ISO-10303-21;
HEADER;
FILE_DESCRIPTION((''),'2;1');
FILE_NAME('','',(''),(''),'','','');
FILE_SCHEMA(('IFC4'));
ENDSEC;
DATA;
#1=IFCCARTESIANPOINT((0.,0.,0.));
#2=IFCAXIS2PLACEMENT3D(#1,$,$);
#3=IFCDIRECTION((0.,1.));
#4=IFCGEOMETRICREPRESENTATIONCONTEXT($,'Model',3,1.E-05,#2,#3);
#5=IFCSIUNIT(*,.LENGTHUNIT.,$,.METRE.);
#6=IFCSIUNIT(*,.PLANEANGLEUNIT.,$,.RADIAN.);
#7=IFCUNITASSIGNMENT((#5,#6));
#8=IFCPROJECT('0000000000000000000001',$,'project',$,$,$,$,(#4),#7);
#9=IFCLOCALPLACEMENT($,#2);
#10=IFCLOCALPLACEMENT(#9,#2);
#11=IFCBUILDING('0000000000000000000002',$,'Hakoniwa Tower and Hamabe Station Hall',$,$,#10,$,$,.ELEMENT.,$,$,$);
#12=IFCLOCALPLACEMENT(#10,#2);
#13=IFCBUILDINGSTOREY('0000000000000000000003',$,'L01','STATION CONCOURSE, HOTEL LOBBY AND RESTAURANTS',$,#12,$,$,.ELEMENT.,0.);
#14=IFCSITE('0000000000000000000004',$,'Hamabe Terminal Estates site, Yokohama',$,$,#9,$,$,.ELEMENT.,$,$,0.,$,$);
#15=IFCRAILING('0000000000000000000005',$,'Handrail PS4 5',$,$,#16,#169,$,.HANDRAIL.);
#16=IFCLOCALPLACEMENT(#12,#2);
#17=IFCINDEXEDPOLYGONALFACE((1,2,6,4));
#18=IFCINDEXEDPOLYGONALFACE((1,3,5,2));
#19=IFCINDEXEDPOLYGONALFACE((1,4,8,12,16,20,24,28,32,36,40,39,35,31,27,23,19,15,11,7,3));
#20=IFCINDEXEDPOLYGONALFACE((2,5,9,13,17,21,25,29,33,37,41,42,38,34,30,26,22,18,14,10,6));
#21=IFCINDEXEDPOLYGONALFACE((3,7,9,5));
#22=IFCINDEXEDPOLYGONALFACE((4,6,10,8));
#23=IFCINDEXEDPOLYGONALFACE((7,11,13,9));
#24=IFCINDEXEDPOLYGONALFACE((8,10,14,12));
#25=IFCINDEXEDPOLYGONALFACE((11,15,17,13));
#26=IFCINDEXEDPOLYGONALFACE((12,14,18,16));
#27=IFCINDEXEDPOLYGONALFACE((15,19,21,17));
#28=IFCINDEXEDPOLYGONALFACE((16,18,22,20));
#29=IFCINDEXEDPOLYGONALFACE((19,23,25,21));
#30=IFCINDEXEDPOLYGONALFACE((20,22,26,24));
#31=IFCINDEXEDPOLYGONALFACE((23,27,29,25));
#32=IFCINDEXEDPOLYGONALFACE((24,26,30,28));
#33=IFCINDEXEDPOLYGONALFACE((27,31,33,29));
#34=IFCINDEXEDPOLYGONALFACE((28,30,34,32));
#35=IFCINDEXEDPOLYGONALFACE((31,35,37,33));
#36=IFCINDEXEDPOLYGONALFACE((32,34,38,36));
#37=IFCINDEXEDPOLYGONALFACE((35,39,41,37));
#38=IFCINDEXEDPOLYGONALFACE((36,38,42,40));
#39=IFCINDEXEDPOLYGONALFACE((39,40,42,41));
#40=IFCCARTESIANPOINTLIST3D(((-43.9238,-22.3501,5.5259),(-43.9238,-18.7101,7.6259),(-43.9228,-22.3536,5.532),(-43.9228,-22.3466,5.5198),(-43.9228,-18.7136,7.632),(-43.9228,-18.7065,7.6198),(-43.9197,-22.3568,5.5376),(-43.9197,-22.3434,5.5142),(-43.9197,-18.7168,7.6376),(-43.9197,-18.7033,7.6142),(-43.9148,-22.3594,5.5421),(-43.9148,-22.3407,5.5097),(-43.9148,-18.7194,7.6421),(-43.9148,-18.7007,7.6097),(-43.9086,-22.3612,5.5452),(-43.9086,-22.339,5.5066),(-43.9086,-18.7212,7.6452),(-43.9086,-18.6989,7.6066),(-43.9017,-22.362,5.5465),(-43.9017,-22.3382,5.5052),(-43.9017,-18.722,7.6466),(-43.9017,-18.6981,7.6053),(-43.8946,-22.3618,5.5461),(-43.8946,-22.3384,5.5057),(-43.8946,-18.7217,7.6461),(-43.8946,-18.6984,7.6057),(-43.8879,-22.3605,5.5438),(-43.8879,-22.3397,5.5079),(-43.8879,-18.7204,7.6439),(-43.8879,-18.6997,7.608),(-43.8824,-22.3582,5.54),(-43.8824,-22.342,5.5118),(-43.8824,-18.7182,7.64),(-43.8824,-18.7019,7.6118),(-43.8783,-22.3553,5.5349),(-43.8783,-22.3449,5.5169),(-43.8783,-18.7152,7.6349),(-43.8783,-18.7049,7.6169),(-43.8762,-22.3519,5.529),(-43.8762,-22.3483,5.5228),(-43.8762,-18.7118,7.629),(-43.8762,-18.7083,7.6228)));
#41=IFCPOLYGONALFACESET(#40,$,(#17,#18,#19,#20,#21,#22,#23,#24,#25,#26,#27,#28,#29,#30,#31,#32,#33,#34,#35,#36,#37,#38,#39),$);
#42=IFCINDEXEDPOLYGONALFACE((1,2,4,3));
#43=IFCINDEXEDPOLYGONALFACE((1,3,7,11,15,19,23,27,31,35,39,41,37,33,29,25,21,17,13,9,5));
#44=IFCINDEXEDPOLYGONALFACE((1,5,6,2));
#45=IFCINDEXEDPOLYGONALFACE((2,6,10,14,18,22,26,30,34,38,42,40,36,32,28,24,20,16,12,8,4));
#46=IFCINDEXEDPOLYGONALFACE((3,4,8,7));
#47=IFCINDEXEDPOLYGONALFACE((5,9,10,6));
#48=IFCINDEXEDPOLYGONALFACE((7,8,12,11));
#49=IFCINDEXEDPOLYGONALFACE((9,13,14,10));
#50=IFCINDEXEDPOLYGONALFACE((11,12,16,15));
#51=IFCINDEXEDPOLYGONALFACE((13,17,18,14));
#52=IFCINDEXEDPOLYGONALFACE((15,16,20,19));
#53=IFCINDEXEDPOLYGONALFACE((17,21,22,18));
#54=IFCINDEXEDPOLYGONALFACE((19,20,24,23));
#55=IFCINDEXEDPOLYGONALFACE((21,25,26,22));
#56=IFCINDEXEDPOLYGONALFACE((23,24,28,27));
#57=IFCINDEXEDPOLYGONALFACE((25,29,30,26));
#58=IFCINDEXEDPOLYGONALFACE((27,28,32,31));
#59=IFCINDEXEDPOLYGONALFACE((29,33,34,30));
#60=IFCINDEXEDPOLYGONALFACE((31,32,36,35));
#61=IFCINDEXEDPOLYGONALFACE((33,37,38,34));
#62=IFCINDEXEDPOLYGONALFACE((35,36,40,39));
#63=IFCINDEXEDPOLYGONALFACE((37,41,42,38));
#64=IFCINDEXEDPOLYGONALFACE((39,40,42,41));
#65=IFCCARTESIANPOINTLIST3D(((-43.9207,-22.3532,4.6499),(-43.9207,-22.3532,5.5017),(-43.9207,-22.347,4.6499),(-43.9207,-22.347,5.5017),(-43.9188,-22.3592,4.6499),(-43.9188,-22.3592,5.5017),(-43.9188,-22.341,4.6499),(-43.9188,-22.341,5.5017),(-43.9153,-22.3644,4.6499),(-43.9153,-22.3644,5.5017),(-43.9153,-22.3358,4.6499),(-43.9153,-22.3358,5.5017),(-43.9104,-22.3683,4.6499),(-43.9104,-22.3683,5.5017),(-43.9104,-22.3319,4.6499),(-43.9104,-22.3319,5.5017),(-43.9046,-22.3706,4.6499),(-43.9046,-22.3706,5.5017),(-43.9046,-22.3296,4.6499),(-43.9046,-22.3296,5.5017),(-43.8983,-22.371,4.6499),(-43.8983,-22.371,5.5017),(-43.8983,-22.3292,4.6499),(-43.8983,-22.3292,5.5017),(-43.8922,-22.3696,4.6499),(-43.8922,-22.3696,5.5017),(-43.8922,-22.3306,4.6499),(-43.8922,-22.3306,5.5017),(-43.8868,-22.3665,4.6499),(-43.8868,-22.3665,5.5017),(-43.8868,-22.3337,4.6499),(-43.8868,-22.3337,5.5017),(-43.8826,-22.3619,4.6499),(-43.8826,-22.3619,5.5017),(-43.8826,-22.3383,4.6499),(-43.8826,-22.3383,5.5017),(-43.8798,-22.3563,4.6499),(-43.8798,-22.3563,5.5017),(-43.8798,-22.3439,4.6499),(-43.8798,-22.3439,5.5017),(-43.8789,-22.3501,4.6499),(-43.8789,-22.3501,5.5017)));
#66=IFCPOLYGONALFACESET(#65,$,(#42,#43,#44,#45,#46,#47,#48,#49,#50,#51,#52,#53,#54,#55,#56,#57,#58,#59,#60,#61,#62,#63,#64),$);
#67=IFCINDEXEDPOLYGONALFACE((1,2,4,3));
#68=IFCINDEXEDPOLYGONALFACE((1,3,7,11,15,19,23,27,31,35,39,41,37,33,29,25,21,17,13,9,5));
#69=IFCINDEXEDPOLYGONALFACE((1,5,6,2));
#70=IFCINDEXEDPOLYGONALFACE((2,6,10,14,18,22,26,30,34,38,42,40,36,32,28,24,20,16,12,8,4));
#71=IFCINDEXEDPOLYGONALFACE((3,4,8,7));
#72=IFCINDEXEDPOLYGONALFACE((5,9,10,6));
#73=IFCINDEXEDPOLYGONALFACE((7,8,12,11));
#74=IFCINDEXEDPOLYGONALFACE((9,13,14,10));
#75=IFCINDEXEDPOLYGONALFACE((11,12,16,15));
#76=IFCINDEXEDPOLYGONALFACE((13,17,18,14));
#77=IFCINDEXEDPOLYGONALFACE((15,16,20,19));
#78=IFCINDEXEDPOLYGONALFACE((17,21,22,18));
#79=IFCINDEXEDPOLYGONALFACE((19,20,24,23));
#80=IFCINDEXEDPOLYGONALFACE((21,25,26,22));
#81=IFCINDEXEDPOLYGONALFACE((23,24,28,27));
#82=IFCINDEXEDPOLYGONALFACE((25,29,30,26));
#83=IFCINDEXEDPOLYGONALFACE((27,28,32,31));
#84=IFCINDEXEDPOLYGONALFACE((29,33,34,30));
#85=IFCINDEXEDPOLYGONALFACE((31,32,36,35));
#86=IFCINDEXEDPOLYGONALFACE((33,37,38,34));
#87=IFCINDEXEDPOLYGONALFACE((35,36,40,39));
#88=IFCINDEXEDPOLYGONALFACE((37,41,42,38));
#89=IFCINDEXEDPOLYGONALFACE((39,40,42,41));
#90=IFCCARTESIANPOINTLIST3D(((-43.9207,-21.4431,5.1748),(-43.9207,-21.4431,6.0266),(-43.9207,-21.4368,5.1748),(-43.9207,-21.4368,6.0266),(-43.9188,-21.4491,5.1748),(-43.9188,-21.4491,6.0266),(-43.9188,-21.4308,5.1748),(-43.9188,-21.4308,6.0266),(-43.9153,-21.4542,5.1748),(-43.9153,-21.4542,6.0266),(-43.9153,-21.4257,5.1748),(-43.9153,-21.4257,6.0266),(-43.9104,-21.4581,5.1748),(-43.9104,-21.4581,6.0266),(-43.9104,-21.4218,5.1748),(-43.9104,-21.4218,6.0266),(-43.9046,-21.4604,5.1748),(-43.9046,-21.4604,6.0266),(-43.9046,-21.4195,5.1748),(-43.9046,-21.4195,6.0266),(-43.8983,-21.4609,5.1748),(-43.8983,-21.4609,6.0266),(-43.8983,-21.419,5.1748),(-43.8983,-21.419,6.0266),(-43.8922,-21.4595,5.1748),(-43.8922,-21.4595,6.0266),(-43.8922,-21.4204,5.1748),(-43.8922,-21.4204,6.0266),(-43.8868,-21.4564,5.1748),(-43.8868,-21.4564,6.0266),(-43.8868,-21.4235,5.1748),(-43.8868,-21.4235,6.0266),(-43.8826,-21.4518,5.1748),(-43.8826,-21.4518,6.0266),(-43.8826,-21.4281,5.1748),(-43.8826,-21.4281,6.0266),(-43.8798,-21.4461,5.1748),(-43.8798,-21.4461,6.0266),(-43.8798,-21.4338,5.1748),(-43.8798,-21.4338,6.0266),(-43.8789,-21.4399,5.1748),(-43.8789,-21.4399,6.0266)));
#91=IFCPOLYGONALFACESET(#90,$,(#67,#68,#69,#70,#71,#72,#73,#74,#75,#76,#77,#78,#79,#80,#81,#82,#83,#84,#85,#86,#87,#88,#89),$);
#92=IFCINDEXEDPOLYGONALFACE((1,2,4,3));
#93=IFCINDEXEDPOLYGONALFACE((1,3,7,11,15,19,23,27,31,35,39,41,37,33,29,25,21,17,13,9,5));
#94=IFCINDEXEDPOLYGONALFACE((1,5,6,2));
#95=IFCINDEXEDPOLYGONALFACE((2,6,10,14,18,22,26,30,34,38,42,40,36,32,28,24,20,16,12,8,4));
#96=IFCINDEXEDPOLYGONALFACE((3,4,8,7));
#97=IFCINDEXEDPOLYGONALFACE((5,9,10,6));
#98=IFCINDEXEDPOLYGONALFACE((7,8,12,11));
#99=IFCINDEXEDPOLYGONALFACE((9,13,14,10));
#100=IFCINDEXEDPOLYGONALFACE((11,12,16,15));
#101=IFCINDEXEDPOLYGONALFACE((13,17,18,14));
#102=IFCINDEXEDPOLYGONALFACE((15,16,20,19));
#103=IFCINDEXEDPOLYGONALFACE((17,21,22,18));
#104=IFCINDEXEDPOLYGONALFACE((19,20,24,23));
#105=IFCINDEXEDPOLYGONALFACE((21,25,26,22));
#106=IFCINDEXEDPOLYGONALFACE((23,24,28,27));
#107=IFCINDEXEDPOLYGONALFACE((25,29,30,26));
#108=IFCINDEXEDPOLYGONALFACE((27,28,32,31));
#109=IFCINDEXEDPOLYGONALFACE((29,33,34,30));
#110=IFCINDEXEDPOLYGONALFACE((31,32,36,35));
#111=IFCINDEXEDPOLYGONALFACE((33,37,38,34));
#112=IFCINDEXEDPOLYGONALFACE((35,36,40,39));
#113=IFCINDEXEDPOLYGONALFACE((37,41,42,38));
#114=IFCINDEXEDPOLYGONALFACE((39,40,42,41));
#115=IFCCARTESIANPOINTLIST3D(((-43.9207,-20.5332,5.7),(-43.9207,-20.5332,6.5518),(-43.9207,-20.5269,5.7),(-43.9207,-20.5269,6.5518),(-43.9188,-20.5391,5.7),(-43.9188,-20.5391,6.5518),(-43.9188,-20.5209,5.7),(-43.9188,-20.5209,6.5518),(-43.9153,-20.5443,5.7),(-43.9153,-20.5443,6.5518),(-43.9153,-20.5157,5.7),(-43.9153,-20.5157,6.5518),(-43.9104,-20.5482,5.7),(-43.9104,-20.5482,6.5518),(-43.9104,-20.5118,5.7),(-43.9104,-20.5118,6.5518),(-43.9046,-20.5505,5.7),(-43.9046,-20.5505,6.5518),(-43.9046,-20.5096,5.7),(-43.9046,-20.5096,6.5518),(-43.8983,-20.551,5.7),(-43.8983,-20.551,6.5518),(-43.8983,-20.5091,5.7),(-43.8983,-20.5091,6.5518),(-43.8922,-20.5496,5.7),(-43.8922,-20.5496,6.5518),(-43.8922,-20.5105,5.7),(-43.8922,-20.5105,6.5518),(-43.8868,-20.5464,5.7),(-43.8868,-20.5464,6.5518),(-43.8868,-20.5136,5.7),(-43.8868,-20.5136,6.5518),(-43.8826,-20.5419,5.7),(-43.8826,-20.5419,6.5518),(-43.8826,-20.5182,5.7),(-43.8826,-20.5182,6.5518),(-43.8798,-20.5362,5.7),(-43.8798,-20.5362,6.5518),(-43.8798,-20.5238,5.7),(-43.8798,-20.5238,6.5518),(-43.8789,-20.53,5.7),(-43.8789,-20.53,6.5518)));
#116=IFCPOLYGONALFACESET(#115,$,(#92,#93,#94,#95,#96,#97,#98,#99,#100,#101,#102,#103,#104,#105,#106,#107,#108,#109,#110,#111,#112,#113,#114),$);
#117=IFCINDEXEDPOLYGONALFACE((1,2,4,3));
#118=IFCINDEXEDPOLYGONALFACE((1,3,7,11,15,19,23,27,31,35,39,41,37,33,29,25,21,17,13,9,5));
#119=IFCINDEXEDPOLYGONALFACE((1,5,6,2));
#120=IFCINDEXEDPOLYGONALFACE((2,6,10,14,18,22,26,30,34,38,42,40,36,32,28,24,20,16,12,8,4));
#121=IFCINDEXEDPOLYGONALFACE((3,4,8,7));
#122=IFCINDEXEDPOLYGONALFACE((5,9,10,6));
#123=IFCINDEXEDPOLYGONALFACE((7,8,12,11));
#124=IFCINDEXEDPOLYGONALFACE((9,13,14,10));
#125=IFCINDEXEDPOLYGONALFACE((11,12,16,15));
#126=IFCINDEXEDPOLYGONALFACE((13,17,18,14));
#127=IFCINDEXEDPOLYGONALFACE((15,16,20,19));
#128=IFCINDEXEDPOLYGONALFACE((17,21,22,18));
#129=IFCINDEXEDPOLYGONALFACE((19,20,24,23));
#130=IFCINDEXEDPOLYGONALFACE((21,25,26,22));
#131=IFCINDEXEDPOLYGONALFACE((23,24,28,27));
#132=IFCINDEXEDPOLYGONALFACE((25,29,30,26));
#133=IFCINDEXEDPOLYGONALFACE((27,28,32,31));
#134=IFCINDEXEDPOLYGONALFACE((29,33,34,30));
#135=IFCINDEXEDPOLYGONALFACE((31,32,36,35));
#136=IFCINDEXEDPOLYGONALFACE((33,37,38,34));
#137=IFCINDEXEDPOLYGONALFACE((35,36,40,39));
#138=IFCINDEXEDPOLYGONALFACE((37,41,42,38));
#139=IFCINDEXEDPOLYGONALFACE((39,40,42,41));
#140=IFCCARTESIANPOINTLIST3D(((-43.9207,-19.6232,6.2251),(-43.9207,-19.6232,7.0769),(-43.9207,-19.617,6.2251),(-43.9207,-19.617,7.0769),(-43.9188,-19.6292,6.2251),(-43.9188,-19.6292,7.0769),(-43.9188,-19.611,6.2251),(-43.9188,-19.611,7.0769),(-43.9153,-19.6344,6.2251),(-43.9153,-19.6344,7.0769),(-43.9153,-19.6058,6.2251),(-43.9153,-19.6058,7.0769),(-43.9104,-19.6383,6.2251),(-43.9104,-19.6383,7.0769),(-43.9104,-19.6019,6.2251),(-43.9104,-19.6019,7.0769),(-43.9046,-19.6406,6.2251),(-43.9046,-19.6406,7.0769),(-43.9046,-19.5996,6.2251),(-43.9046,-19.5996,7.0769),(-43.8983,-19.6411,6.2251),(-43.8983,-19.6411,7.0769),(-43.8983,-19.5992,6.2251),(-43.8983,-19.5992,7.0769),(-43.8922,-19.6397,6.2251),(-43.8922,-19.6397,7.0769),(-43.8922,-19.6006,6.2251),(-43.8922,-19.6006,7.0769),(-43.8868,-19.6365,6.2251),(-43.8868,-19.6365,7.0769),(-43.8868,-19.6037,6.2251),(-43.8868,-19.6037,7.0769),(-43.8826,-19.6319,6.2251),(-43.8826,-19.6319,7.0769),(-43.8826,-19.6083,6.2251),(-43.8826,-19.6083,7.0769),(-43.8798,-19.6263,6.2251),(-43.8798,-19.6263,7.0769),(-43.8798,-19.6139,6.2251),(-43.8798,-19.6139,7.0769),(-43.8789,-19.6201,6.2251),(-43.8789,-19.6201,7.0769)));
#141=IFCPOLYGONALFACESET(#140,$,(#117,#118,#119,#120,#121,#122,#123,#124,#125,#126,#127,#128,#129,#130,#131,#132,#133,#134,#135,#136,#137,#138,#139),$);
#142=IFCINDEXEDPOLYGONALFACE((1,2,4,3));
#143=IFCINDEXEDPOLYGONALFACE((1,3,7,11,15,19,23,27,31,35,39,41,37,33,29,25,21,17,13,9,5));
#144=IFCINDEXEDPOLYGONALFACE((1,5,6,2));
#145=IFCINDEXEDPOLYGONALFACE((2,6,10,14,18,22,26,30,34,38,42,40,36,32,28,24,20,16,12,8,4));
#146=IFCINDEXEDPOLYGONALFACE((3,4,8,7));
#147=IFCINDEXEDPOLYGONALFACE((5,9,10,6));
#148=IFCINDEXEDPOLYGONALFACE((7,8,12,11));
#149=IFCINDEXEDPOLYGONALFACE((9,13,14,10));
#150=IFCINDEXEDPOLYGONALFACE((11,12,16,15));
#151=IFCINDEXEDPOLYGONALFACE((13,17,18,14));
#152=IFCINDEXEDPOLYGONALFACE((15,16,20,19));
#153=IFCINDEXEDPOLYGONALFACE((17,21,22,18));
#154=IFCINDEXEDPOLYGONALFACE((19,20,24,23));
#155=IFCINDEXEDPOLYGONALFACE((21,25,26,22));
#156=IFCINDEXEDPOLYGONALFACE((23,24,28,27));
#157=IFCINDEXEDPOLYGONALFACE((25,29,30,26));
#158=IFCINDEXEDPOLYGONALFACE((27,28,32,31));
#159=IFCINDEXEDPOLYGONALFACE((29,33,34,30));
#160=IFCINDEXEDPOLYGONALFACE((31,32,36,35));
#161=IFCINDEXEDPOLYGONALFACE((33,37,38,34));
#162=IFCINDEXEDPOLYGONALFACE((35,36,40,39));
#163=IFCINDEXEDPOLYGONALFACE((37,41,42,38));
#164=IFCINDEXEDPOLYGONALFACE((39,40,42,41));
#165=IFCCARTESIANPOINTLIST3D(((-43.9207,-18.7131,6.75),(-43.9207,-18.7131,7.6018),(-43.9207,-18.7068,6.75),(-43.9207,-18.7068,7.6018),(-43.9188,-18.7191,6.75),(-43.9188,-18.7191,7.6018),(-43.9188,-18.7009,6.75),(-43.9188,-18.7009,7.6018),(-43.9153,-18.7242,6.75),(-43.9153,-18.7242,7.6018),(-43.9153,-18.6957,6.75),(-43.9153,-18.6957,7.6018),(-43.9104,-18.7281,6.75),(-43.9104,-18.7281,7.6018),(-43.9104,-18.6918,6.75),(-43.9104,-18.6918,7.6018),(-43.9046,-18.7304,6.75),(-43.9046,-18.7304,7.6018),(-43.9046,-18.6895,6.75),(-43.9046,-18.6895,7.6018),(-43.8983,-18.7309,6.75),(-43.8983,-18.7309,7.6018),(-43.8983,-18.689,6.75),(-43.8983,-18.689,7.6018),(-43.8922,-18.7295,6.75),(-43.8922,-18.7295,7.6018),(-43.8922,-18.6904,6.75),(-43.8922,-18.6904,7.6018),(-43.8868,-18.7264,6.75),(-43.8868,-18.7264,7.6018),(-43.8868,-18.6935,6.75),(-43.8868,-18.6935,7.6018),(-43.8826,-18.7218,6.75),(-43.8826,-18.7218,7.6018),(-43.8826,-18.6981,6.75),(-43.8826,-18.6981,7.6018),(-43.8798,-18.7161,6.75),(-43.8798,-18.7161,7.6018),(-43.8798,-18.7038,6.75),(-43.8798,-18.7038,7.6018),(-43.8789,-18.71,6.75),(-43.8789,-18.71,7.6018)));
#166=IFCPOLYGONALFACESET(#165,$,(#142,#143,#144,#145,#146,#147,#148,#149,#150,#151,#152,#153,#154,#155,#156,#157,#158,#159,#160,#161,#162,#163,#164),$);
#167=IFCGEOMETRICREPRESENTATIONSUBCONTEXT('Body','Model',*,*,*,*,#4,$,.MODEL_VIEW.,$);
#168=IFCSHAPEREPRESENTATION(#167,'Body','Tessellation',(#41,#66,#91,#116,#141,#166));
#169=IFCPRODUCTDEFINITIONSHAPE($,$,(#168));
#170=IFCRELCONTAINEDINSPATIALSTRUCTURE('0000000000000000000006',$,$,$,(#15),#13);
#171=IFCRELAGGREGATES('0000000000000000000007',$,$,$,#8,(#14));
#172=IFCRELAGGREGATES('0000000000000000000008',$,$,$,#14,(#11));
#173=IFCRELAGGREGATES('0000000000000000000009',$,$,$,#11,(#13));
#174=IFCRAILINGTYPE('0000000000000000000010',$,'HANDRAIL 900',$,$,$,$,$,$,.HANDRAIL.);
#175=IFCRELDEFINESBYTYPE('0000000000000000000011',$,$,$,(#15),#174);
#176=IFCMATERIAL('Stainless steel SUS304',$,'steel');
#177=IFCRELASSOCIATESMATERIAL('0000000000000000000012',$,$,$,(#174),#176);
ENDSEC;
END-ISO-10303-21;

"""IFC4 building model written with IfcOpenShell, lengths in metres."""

from ifc_helpers import new_model, si_unit, direction, frame, origin, origin_2d, place, context, subcontext, project, spatial, circle, extrude, material, type_object, element, save


model = new_model("IFC4")

# Units and contexts
model_context = context("Model", 3, precision=1e-05, world=origin(), true_north=direction((0.0, 1.0)))
body_context = subcontext(model_context, "Body", "Model", "MODEL_VIEW")
ifc_project = project(units=[si_unit("LENGTHUNIT", "METRE"), si_unit("PLANEANGLEUNIT", "RADIAN")], contexts=[model_context])

# Site, building, storey
site_placement = place(None, origin())
site = spatial("IfcSite", under=ifc_project, at=site_placement, Name="Hamabe Terminal Estates site, Yokohama", CompositionType="ELEMENT", RefElevation=0.0)
building_placement = place(site_placement, origin())
building = spatial("IfcBuilding", under=site, at=building_placement, Name="Hakoniwa Tower and Hamabe Station Hall", CompositionType="ELEMENT")
storey_placement = place(building_placement, origin())
storey = spatial("IfcBuildingStorey", under=building, at=storey_placement, Name="L01", Description="STATION CONCOURSE, HOTEL LOBBY AND RESTAURANTS", CompositionType="ELEMENT", Elevation=0.0)

# Railing
ifc_material_1 = material(Name="Stainless steel SUS304", Category="steel")
railing_type_1 = type_object("IfcRailingType", Name="HANDRAIL 900", PredefinedType="HANDRAIL", material=ifc_material_1)
for number, where, name in (
    (1, (-43.8999, -22.3501, 4.6499), "Handrail PS4 5"),
):
    element("IfcRailing", number, at=place(storey_placement, frame(where)), inside=storey, type_object=railing_type_1, Name=name, PredefinedType="HANDRAIL", context=body_context, shape_type="SweptSolid", body=[
        extrude(circle(Radius=0.0239, at=origin_2d()), frame((0.0, 0.0, 0.876), z_axis=(0.0, 0.866184, 0.499726), x_axis=(-1.0, 0.0, 0.0)), (0.0, 0.0, 1.0), 4.2024),
        extrude(circle(Radius=0.021, at=origin_2d()), origin(), (0.0, 0.0, 1.0), 0.8518),
        extrude(circle(Radius=0.021, at=origin_2d()), frame((0.0, 0.9102, 0.5249)), (0.0, 0.0, 1.0), 0.8518),
        extrude(circle(Radius=0.021, at=origin_2d()), frame((0.0, 1.8201, 1.05)), (0.0, 0.0, 1.0), 0.8518),
        extrude(circle(Radius=0.021, at=origin_2d()), frame((0.0, 2.73, 1.5752)), (0.0, 0.0, 1.0), 0.8518),
        extrude(circle(Radius=0.021, at=origin_2d()), frame((0.0, 3.6401, 2.1001)), (0.0, 0.0, 1.0), 0.8518),
    ])

save(model, "model.ifc")
